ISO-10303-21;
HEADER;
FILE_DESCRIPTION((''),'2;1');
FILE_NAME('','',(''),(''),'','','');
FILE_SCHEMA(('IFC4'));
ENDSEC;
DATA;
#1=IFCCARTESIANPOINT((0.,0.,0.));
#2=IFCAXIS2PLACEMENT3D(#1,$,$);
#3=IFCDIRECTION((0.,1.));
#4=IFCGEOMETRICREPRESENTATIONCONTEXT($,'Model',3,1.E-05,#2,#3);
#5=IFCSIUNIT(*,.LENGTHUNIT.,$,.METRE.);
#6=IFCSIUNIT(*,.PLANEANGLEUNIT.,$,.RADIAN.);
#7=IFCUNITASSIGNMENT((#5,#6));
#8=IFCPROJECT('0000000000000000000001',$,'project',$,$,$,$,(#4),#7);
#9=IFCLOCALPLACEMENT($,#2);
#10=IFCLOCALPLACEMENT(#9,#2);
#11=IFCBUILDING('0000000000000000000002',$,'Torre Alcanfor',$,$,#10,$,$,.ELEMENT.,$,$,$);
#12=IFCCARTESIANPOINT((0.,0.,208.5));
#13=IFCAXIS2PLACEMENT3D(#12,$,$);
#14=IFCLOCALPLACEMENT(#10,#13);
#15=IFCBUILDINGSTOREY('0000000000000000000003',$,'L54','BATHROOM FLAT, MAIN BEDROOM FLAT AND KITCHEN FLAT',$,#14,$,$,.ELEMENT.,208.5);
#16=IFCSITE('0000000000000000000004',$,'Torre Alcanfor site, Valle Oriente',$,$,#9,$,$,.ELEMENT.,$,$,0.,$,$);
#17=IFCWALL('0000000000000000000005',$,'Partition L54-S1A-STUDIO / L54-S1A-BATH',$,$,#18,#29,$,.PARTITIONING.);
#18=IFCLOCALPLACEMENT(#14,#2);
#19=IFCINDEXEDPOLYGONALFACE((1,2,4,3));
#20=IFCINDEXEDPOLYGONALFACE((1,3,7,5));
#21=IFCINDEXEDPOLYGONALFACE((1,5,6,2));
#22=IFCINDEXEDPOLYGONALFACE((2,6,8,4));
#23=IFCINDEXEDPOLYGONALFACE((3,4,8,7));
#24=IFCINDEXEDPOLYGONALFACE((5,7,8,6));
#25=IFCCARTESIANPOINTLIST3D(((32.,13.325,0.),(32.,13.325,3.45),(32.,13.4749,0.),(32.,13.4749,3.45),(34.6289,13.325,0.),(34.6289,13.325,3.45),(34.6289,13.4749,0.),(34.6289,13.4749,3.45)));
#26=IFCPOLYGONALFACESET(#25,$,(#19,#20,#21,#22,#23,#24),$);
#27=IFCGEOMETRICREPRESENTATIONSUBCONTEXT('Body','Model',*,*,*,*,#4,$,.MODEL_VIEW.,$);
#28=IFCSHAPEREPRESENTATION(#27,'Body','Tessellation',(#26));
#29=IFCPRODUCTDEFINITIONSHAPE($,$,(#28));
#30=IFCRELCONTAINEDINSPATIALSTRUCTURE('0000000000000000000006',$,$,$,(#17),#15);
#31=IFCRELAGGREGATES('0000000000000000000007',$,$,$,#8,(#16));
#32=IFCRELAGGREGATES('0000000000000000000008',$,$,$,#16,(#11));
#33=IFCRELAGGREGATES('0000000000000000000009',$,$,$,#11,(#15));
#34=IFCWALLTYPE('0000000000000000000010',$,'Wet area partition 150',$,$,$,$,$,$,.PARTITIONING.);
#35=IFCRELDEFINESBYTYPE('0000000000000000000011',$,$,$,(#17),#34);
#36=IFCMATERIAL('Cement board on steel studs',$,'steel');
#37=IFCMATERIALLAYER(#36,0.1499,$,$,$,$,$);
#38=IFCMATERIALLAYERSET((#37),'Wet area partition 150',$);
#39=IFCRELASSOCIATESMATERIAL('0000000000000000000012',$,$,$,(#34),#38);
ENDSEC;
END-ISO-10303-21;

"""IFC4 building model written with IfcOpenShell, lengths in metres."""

from ifc_helpers import new_model, si_unit, direction, frame, frame_2d, origin, place, context, subcontext, project, spatial, rectangle, extrude, material, layer, layer_set, type_object, element, save


model = new_model("IFC4")

# Units and contexts
model_context = context("Model", 3, precision=1e-05, world=origin(), true_north=direction((0.0, 1.0)))
body_context = subcontext(model_context, "Body", "Model", "MODEL_VIEW")
ifc_project = project(units=[si_unit("LENGTHUNIT", "METRE"), si_unit("PLANEANGLEUNIT", "RADIAN")], contexts=[model_context])

# Site, building, storey
site_placement = place(None, origin())
site = spatial("IfcSite", under=ifc_project, at=site_placement, Name="Torre Alcanfor site, Valle Oriente", CompositionType="ELEMENT", RefElevation=0.0)
building_placement = place(site_placement, origin())
building = spatial("IfcBuilding", under=site, at=building_placement, Name="Torre Alcanfor", CompositionType="ELEMENT")
storey_placement = place(building_placement, frame((0.0, 0.0, 208.5)))
storey = spatial("IfcBuildingStorey", under=building, at=storey_placement, Name="L54", Description="BATHROOM FLAT, MAIN BEDROOM FLAT AND KITCHEN FLAT", CompositionType="ELEMENT", Elevation=208.5)

# Wall
ifc_material_1 = material(Name="Cement board on steel studs", Category="steel")
ifc_layer_1 = layer(ifc_material_1, 0.1499)
ifc_layer_set_1 = layer_set([ifc_layer_1], Name="Wet area partition 150")
wall_type_1 = type_object("IfcWallType", Name="Wet area partition 150", PredefinedType="PARTITIONING", material=ifc_layer_set_1)
wall_1_placement = place(storey_placement, frame((32.0, 13.3999, 0.0), z_axis=(0.0, 0.0, 1.0), x_axis=(1.0, 0.0, 0.0)))
element("IfcWall", 1, at=wall_1_placement, inside=storey, type_object=wall_type_1, Name="Partition L54-S1A-STUDIO / L54-S1A-BATH", PredefinedType="PARTITIONING", context=body_context, shape_type="SweptSolid", body=[
    extrude(rectangle(XDim=2.6289, YDim=0.1499, at=frame_2d((1.3145, 0.0))), origin(), (0.0, 0.0, 1.0), 3.45),
])

save(model, "model.ifc")
